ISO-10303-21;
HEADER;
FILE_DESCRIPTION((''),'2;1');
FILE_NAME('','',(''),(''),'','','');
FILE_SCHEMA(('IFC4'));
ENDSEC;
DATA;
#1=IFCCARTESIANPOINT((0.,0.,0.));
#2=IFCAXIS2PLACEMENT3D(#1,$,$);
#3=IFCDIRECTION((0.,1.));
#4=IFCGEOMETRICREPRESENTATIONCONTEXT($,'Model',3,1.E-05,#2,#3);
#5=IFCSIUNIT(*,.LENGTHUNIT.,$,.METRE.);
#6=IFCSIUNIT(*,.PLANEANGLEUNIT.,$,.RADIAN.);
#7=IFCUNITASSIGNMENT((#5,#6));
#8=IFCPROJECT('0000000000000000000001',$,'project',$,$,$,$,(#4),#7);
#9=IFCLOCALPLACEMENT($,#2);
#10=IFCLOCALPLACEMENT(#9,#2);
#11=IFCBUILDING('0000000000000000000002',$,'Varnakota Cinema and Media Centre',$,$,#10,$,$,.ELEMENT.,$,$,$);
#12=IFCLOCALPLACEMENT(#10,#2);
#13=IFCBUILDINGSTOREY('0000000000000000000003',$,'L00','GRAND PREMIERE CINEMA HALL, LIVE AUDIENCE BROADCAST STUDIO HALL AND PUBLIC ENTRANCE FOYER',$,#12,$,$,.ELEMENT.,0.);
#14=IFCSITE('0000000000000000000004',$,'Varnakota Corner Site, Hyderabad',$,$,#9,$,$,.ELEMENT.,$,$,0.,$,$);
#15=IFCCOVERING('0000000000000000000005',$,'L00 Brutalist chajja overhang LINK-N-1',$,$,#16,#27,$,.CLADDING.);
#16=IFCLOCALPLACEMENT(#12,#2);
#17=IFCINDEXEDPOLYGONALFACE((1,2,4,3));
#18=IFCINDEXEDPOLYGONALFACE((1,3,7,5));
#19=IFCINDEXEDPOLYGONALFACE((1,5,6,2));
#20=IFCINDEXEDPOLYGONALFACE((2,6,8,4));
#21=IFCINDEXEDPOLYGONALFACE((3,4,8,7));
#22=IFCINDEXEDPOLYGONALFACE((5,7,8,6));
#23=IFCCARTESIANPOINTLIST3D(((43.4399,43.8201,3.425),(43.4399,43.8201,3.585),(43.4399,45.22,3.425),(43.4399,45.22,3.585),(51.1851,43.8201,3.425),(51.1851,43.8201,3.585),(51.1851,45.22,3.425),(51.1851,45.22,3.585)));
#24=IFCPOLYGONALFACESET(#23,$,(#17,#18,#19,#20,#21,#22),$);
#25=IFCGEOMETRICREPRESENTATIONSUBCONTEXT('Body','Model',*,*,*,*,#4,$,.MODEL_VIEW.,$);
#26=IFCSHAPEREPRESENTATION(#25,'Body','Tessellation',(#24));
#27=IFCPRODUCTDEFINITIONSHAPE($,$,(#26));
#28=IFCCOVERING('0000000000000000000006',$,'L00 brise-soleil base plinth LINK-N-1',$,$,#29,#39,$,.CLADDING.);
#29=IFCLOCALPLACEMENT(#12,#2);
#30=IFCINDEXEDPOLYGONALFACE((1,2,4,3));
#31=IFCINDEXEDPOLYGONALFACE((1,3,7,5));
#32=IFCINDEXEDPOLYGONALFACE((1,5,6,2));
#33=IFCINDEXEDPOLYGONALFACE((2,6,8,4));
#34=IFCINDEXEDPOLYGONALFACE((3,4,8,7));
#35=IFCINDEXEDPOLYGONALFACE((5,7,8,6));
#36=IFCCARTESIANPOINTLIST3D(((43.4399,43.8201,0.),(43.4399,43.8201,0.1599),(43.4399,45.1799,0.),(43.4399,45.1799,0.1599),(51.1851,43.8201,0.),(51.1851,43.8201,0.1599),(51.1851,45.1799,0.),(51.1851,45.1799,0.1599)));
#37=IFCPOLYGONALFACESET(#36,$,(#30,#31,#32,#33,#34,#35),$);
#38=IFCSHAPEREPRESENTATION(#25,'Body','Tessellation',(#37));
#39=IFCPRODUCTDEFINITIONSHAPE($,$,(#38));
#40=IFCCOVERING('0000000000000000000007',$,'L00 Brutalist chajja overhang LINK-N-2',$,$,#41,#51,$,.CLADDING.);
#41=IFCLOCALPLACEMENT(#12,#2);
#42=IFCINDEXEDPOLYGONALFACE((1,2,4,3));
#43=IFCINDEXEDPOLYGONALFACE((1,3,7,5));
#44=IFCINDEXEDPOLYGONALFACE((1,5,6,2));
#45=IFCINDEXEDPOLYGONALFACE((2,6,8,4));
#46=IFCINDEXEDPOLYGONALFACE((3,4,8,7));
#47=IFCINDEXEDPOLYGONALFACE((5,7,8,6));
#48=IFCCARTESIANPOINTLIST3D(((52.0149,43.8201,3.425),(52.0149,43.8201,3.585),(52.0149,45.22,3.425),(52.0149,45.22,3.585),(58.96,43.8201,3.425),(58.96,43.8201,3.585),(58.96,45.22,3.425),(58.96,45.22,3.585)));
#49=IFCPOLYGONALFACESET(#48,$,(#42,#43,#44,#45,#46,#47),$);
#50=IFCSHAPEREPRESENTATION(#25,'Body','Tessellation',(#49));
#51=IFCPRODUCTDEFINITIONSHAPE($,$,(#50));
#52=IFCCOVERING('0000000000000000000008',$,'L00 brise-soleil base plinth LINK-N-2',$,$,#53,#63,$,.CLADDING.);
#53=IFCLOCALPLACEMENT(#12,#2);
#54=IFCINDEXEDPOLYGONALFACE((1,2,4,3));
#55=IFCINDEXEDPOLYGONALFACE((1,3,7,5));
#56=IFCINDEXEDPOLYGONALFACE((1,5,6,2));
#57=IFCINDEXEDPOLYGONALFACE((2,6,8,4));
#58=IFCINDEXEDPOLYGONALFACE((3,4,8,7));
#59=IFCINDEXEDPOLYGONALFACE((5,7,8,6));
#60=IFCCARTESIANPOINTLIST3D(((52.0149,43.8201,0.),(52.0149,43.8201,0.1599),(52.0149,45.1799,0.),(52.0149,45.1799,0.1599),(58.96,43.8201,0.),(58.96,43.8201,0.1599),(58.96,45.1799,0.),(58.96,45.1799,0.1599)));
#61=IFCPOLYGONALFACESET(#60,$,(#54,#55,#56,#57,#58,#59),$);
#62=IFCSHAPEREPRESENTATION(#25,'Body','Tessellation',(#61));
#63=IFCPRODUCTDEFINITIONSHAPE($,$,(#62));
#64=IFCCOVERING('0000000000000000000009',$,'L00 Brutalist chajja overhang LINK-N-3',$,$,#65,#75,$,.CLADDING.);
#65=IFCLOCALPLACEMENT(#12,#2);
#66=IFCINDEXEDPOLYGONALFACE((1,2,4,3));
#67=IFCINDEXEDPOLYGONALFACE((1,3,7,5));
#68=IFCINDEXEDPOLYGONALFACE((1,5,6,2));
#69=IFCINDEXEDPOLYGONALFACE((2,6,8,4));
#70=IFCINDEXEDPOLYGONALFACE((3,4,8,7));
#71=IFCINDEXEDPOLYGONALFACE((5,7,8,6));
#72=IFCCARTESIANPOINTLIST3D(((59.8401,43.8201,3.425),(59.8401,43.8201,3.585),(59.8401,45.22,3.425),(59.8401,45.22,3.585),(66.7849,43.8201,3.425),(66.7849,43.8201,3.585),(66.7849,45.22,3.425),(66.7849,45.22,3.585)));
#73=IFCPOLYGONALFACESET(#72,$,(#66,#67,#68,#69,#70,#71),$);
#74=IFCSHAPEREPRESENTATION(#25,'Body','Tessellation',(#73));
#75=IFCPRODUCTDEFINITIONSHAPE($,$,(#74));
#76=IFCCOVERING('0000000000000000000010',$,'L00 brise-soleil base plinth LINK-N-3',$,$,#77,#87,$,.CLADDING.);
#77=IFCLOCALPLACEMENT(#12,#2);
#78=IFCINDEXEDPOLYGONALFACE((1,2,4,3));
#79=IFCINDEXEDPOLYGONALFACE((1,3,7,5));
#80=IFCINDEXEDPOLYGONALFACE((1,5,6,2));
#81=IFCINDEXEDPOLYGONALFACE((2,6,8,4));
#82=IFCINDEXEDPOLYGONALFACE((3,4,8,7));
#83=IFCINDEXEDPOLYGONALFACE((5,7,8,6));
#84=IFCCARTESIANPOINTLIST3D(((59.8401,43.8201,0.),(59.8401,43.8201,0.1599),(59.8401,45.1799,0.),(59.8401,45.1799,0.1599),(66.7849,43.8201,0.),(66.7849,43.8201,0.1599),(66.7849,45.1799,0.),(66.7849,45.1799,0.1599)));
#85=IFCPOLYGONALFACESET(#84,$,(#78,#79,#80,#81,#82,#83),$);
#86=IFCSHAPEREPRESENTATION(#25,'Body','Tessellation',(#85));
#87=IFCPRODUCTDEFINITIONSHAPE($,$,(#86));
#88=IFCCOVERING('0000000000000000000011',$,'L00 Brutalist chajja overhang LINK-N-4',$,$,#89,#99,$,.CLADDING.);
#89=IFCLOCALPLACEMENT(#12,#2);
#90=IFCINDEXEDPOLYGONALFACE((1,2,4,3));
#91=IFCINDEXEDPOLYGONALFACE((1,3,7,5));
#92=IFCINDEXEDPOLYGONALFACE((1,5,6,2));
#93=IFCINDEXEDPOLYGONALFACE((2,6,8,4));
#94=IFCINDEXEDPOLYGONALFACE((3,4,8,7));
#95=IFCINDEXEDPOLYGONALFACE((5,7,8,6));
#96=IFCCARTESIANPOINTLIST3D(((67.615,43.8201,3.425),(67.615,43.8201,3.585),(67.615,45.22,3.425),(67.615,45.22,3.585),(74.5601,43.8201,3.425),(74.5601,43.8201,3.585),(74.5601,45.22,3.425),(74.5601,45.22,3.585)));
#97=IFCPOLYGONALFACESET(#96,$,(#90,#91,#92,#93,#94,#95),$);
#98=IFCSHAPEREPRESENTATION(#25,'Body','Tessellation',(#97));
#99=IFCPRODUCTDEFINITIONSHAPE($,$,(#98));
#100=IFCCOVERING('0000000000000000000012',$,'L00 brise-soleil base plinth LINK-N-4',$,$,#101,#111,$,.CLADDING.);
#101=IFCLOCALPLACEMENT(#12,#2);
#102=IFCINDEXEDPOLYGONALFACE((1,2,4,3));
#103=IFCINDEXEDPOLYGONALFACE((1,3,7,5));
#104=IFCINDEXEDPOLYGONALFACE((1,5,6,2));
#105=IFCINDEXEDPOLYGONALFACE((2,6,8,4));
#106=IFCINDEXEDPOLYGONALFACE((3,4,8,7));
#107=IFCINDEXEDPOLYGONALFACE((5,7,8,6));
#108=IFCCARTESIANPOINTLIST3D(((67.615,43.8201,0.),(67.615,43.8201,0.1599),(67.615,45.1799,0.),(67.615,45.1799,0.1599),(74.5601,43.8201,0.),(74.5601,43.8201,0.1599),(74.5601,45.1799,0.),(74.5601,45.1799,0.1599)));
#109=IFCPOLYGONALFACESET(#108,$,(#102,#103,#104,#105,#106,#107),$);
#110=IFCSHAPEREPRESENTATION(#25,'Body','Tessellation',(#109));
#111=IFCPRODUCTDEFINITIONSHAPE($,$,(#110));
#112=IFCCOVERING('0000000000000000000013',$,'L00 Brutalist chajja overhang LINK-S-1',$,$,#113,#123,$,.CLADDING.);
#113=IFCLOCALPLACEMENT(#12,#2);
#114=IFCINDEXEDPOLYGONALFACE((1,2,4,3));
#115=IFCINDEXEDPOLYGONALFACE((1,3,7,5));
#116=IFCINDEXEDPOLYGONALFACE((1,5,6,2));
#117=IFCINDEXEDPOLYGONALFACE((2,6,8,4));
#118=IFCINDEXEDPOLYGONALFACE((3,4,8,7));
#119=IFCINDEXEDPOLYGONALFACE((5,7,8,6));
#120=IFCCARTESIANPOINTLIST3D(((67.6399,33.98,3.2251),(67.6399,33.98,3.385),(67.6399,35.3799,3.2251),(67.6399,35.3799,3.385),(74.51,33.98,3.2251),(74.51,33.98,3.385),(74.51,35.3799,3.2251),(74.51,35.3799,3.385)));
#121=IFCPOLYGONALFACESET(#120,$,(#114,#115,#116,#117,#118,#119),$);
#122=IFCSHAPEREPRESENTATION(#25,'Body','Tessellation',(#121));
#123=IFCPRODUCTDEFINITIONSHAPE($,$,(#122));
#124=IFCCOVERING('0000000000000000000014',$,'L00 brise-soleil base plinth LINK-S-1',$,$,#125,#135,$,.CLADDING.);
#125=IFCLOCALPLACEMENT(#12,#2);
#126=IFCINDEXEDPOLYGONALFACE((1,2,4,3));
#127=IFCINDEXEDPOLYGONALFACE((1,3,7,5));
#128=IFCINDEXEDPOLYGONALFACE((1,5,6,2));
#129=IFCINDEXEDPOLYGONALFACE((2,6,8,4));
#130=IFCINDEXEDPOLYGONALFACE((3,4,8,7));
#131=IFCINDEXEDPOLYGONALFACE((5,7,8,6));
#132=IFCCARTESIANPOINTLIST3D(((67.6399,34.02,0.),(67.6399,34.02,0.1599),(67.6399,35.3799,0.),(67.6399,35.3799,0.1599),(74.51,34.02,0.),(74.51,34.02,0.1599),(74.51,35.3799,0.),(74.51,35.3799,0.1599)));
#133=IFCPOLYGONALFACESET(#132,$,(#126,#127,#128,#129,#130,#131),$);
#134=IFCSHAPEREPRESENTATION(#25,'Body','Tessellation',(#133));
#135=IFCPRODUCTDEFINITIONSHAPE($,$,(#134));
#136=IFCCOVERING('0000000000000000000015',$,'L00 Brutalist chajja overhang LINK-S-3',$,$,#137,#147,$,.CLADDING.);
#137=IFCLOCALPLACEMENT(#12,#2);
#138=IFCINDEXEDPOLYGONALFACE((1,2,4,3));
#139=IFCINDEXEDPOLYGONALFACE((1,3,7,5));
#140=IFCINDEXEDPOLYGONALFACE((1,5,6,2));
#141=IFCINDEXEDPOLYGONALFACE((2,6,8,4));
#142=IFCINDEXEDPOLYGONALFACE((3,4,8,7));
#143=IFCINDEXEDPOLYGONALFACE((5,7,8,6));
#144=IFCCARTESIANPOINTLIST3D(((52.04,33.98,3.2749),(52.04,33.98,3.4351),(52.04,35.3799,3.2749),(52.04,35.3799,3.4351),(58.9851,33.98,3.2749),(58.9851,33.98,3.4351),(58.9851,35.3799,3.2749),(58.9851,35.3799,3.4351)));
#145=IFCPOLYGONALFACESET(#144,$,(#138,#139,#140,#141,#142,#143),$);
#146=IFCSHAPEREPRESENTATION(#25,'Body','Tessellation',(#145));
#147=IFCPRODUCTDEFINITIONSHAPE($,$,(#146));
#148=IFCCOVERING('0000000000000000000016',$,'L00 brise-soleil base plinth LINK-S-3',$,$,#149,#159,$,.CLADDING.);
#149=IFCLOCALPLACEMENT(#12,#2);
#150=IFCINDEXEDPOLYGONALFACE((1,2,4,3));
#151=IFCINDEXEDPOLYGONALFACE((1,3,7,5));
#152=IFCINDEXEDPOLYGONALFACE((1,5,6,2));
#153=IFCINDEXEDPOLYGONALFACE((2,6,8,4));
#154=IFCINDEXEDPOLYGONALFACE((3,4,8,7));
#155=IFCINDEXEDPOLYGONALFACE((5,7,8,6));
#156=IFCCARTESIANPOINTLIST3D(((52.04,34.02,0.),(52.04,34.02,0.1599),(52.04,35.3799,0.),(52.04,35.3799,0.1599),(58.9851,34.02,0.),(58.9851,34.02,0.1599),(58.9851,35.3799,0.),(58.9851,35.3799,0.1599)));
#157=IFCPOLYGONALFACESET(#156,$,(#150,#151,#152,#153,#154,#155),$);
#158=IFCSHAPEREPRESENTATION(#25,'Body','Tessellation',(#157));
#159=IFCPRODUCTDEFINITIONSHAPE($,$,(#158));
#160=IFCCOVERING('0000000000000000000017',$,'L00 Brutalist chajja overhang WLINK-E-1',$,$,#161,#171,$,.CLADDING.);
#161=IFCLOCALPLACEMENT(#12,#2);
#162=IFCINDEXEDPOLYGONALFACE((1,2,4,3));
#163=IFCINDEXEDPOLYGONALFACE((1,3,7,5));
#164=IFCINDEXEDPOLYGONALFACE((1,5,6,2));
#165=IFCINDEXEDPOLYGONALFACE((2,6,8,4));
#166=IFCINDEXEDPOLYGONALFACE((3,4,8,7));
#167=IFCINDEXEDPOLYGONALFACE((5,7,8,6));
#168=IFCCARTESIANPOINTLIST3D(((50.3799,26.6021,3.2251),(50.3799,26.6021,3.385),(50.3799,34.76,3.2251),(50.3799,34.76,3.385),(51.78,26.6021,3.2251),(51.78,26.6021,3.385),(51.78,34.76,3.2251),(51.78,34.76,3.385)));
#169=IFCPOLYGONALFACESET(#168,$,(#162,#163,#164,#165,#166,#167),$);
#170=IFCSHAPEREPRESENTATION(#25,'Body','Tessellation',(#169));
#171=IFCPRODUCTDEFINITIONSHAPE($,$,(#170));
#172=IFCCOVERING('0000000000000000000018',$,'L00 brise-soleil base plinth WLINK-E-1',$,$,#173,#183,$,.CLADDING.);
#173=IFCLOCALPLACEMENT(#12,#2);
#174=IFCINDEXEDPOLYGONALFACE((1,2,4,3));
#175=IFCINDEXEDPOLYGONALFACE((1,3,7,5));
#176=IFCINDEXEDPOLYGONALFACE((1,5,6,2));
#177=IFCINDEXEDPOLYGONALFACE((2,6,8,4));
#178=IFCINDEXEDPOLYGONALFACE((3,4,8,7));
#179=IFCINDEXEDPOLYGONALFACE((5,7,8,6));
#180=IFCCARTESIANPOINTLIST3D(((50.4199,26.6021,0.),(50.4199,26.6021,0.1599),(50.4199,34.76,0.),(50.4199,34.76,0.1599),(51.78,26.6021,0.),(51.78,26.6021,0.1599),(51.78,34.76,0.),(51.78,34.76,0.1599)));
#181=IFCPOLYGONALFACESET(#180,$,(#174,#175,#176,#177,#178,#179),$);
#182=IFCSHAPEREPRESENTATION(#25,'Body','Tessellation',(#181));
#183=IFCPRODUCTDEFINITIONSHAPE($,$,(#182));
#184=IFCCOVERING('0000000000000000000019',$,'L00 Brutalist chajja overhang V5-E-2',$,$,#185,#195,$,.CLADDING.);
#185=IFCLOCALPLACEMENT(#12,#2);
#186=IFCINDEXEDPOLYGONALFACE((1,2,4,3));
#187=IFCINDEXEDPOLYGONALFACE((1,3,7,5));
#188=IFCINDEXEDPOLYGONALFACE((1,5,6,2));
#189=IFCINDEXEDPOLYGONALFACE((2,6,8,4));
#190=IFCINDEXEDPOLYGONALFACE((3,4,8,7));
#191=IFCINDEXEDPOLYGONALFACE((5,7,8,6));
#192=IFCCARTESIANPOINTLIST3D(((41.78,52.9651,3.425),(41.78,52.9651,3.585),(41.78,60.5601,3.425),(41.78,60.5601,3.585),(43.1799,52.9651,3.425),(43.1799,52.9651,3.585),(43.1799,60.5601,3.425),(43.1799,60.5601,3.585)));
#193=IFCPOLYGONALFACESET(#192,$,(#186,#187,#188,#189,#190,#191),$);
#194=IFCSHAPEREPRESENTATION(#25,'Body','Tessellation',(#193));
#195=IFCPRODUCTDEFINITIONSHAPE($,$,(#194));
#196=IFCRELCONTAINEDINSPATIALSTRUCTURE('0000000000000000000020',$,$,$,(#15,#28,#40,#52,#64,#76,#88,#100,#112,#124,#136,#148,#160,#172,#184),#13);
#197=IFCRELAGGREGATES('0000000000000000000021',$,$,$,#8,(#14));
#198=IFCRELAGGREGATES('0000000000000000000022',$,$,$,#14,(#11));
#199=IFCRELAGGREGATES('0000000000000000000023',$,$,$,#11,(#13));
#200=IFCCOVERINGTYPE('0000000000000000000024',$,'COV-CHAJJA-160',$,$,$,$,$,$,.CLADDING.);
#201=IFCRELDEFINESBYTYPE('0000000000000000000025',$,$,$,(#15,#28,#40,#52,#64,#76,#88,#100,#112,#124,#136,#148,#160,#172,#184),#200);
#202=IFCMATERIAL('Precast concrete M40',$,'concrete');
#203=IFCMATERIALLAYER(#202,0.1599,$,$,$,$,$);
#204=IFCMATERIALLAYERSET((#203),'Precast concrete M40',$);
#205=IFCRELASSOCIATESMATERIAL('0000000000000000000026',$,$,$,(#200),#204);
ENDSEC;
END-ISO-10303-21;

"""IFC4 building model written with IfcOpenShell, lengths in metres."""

from ifc_helpers import new_model, si_unit, direction, frame, origin, place, context, subcontext, project, spatial, polyline, outline, extrude, material, layer, layer_set, type_object, element, save


model = new_model("IFC4")

# Units and contexts
model_context = context("Model", 3, precision=1e-05, world=origin(), true_north=direction((0.0, 1.0)))
body_context = subcontext(model_context, "Body", "Model", "MODEL_VIEW")
ifc_project = project(units=[si_unit("LENGTHUNIT", "METRE"), si_unit("PLANEANGLEUNIT", "RADIAN")], contexts=[model_context])

# Site, building, storey
site_placement = place(None, origin())
site = spatial("IfcSite", under=ifc_project, at=site_placement, Name="Varnakota Corner Site, Hyderabad", CompositionType="ELEMENT", RefElevation=0.0)
building_placement = place(site_placement, origin())
building = spatial("IfcBuilding", under=site, at=building_placement, Name="Varnakota Cinema and Media Centre", CompositionType="ELEMENT")
storey_placement = place(building_placement, origin())
storey = spatial("IfcBuildingStorey", under=building, at=storey_placement, Name="L00", Description="GRAND PREMIERE CINEMA HALL, LIVE AUDIENCE BROADCAST STUDIO HALL AND PUBLIC ENTRANCE FOYER", CompositionType="ELEMENT", Elevation=0.0)

# Coverings
ifc_material = material(Name="Precast concrete M40", Category="concrete")
ifc_layer = layer(ifc_material, 0.1599)
ifc_layer_set = layer_set([ifc_layer], Name="Precast concrete M40")
covering_type = type_object("IfcCoveringType", Name="COV-CHAJJA-160", PredefinedType="CLADDING", material=ifc_layer_set)
covering_1_placement = place(storey_placement, frame((0.0, 0.0, 3.425)))
element("IfcCovering", 1, at=covering_1_placement, inside=storey, type_object=covering_type, Name="L00 Brutalist chajja overhang LINK-N-1", PredefinedType="CLADDING", context=body_context, shape_type="SweptSolid", body=[
    extrude(outline(polyline([(43.4399, 43.8201), (51.1851, 43.8201), (51.1851, 45.22), (43.4399, 45.22), (43.4399, 43.8201)])), origin(), (0.0, 0.0, 1.0), 0.1599),
])
covering_2_placement = place(storey_placement, origin())
element("IfcCovering", 2, at=covering_2_placement, inside=storey, type_object=covering_type, Name="L00 brise-soleil base plinth LINK-N-1", PredefinedType="CLADDING", context=body_context, shape_type="SweptSolid", body=[
    extrude(outline(polyline([(43.4399, 43.8201), (51.1851, 43.8201), (51.1851, 45.1799), (43.4399, 45.1799), (43.4399, 43.8201)])), origin(), (0.0, 0.0, 1.0), 0.1599),
])
covering_3_placement = place(storey_placement, frame((0.0, 0.0, 3.425)))
element("IfcCovering", 3, at=covering_3_placement, inside=storey, type_object=covering_type, Name="L00 Brutalist chajja overhang LINK-N-2", PredefinedType="CLADDING", context=body_context, shape_type="SweptSolid", body=[
    extrude(outline(polyline([(52.0149, 43.8201), (58.96, 43.8201), (58.96, 45.22), (52.0149, 45.22), (52.0149, 43.8201)])), origin(), (0.0, 0.0, 1.0), 0.1599),
])
covering_4_placement = place(storey_placement, origin())
element("IfcCovering", 4, at=covering_4_placement, inside=storey, type_object=covering_type, Name="L00 brise-soleil base plinth LINK-N-2", PredefinedType="CLADDING", context=body_context, shape_type="SweptSolid", body=[
    extrude(outline(polyline([(52.0149, 43.8201), (58.96, 43.8201), (58.96, 45.1799), (52.0149, 45.1799), (52.0149, 43.8201)])), origin(), (0.0, 0.0, 1.0), 0.1599),
])
covering_5_placement = place(storey_placement, frame((0.0, 0.0, 3.425)))
element("IfcCovering", 5, at=covering_5_placement, inside=storey, type_object=covering_type, Name="L00 Brutalist chajja overhang LINK-N-3", PredefinedType="CLADDING", context=body_context, shape_type="SweptSolid", body=[
    extrude(outline(polyline([(59.8401, 43.8201), (66.7849, 43.8201), (66.7849, 45.22), (59.8401, 45.22), (59.8401, 43.8201)])), origin(), (0.0, 0.0, 1.0), 0.1599),
])
covering_6_placement = place(storey_placement, origin())
element("IfcCovering", 6, at=covering_6_placement, inside=storey, type_object=covering_type, Name="L00 brise-soleil base plinth LINK-N-3", PredefinedType="CLADDING", context=body_context, shape_type="SweptSolid", body=[
    extrude(outline(polyline([(59.8401, 43.8201), (66.7849, 43.8201), (66.7849, 45.1799), (59.8401, 45.1799), (59.8401, 43.8201)])), origin(), (0.0, 0.0, 1.0), 0.1599),
])
covering_7_placement = place(storey_placement, frame((0.0, 0.0, 3.425)))
element("IfcCovering", 7, at=covering_7_placement, inside=storey, type_object=covering_type, Name="L00 Brutalist chajja overhang LINK-N-4", PredefinedType="CLADDING", context=body_context, shape_type="SweptSolid", body=[
    extrude(outline(polyline([(67.615, 43.8201), (74.5601, 43.8201), (74.5601, 45.22), (67.615, 45.22), (67.615, 43.8201)])), origin(), (0.0, 0.0, 1.0), 0.1599),
])
covering_8_placement = place(storey_placement, origin())
element("IfcCovering", 8, at=covering_8_placement, inside=storey, type_object=covering_type, Name="L00 brise-soleil base plinth LINK-N-4", PredefinedType="CLADDING", context=body_context, shape_type="SweptSolid", body=[
    extrude(outline(polyline([(67.615, 43.8201), (74.5601, 43.8201), (74.5601, 45.1799), (67.615, 45.1799), (67.615, 43.8201)])), origin(), (0.0, 0.0, 1.0), 0.1599),
])
covering_9_placement = place(storey_placement, frame((0.0, 0.0, 3.2251)))
element("IfcCovering", 9, at=covering_9_placement, inside=storey, type_object=covering_type, Name="L00 Brutalist chajja overhang LINK-S-1", PredefinedType="CLADDING", context=body_context, shape_type="SweptSolid", body=[
    extrude(outline(polyline([(74.51, 35.3799), (67.6399, 35.3799), (67.6399, 33.98), (74.51, 33.98), (74.51, 35.3799)])), origin(), (0.0, 0.0, 1.0), 0.1599),
])
covering_10_placement = place(storey_placement, origin())
element("IfcCovering", 10, at=covering_10_placement, inside=storey, type_object=covering_type, Name="L00 brise-soleil base plinth LINK-S-1", PredefinedType="CLADDING", context=body_context, shape_type="SweptSolid", body=[
    extrude(outline(polyline([(74.51, 35.3799), (67.6399, 35.3799), (67.6399, 34.02), (74.51, 34.02), (74.51, 35.3799)])), origin(), (0.0, 0.0, 1.0), 0.1599),
])
covering_11_placement = place(storey_placement, frame((0.0, 0.0, 3.2749)))
element("IfcCovering", 11, at=covering_11_placement, inside=storey, type_object=covering_type, Name="L00 Brutalist chajja overhang LINK-S-3", PredefinedType="CLADDING", context=body_context, shape_type="SweptSolid", body=[
    extrude(outline(polyline([(58.9851, 35.3799), (52.04, 35.3799), (52.04, 33.98), (58.9851, 33.98), (58.9851, 35.3799)])), origin(), (0.0, 0.0, 1.0), 0.1602),
])
covering_12_placement = place(storey_placement, origin())
element("IfcCovering", 12, at=covering_12_placement, inside=storey, type_object=covering_type, Name="L00 brise-soleil base plinth LINK-S-3", PredefinedType="CLADDING", context=body_context, shape_type="SweptSolid", body=[
    extrude(outline(polyline([(58.9851, 35.3799), (52.04, 35.3799), (52.04, 34.02), (58.9851, 34.02), (58.9851, 35.3799)])), origin(), (0.0, 0.0, 1.0), 0.1599),
])
covering_13_placement = place(storey_placement, frame((0.0, 0.0, 3.2251)))
element("IfcCovering", 13, at=covering_13_placement, inside=storey, type_object=covering_type, Name="L00 Brutalist chajja overhang WLINK-E-1", PredefinedType="CLADDING", context=body_context, shape_type="SweptSolid", body=[
    extrude(outline(polyline([(51.78, 26.6021), (51.78, 34.76), (50.3799, 34.76), (50.3799, 26.6021), (51.78, 26.6021)])), origin(), (0.0, 0.0, 1.0), 0.1599),
])
covering_14_placement = place(storey_placement, origin())
element("IfcCovering", 14, at=covering_14_placement, inside=storey, type_object=covering_type, Name="L00 brise-soleil base plinth WLINK-E-1", PredefinedType="CLADDING", context=body_context, shape_type="SweptSolid", body=[
    extrude(outline(polyline([(51.78, 26.6021), (51.78, 34.76), (50.4199, 34.76), (50.4199, 26.6021), (51.78, 26.6021)])), origin(), (0.0, 0.0, 1.0), 0.1599),
])
covering_15_placement = place(storey_placement, frame((0.0, 0.0, 3.425)))
element("IfcCovering", 15, at=covering_15_placement, inside=storey, type_object=covering_type, Name="L00 Brutalist chajja overhang V5-E-2", PredefinedType="CLADDING", context=body_context, shape_type="SweptSolid", body=[
    extrude(outline(polyline([(43.1799, 52.9651), (43.1799, 60.5601), (41.78, 60.5601), (41.78, 52.9651), (43.1799, 52.9651)])), origin(), (0.0, 0.0, 1.0), 0.1599),
])

save(model, "model.ifc")
